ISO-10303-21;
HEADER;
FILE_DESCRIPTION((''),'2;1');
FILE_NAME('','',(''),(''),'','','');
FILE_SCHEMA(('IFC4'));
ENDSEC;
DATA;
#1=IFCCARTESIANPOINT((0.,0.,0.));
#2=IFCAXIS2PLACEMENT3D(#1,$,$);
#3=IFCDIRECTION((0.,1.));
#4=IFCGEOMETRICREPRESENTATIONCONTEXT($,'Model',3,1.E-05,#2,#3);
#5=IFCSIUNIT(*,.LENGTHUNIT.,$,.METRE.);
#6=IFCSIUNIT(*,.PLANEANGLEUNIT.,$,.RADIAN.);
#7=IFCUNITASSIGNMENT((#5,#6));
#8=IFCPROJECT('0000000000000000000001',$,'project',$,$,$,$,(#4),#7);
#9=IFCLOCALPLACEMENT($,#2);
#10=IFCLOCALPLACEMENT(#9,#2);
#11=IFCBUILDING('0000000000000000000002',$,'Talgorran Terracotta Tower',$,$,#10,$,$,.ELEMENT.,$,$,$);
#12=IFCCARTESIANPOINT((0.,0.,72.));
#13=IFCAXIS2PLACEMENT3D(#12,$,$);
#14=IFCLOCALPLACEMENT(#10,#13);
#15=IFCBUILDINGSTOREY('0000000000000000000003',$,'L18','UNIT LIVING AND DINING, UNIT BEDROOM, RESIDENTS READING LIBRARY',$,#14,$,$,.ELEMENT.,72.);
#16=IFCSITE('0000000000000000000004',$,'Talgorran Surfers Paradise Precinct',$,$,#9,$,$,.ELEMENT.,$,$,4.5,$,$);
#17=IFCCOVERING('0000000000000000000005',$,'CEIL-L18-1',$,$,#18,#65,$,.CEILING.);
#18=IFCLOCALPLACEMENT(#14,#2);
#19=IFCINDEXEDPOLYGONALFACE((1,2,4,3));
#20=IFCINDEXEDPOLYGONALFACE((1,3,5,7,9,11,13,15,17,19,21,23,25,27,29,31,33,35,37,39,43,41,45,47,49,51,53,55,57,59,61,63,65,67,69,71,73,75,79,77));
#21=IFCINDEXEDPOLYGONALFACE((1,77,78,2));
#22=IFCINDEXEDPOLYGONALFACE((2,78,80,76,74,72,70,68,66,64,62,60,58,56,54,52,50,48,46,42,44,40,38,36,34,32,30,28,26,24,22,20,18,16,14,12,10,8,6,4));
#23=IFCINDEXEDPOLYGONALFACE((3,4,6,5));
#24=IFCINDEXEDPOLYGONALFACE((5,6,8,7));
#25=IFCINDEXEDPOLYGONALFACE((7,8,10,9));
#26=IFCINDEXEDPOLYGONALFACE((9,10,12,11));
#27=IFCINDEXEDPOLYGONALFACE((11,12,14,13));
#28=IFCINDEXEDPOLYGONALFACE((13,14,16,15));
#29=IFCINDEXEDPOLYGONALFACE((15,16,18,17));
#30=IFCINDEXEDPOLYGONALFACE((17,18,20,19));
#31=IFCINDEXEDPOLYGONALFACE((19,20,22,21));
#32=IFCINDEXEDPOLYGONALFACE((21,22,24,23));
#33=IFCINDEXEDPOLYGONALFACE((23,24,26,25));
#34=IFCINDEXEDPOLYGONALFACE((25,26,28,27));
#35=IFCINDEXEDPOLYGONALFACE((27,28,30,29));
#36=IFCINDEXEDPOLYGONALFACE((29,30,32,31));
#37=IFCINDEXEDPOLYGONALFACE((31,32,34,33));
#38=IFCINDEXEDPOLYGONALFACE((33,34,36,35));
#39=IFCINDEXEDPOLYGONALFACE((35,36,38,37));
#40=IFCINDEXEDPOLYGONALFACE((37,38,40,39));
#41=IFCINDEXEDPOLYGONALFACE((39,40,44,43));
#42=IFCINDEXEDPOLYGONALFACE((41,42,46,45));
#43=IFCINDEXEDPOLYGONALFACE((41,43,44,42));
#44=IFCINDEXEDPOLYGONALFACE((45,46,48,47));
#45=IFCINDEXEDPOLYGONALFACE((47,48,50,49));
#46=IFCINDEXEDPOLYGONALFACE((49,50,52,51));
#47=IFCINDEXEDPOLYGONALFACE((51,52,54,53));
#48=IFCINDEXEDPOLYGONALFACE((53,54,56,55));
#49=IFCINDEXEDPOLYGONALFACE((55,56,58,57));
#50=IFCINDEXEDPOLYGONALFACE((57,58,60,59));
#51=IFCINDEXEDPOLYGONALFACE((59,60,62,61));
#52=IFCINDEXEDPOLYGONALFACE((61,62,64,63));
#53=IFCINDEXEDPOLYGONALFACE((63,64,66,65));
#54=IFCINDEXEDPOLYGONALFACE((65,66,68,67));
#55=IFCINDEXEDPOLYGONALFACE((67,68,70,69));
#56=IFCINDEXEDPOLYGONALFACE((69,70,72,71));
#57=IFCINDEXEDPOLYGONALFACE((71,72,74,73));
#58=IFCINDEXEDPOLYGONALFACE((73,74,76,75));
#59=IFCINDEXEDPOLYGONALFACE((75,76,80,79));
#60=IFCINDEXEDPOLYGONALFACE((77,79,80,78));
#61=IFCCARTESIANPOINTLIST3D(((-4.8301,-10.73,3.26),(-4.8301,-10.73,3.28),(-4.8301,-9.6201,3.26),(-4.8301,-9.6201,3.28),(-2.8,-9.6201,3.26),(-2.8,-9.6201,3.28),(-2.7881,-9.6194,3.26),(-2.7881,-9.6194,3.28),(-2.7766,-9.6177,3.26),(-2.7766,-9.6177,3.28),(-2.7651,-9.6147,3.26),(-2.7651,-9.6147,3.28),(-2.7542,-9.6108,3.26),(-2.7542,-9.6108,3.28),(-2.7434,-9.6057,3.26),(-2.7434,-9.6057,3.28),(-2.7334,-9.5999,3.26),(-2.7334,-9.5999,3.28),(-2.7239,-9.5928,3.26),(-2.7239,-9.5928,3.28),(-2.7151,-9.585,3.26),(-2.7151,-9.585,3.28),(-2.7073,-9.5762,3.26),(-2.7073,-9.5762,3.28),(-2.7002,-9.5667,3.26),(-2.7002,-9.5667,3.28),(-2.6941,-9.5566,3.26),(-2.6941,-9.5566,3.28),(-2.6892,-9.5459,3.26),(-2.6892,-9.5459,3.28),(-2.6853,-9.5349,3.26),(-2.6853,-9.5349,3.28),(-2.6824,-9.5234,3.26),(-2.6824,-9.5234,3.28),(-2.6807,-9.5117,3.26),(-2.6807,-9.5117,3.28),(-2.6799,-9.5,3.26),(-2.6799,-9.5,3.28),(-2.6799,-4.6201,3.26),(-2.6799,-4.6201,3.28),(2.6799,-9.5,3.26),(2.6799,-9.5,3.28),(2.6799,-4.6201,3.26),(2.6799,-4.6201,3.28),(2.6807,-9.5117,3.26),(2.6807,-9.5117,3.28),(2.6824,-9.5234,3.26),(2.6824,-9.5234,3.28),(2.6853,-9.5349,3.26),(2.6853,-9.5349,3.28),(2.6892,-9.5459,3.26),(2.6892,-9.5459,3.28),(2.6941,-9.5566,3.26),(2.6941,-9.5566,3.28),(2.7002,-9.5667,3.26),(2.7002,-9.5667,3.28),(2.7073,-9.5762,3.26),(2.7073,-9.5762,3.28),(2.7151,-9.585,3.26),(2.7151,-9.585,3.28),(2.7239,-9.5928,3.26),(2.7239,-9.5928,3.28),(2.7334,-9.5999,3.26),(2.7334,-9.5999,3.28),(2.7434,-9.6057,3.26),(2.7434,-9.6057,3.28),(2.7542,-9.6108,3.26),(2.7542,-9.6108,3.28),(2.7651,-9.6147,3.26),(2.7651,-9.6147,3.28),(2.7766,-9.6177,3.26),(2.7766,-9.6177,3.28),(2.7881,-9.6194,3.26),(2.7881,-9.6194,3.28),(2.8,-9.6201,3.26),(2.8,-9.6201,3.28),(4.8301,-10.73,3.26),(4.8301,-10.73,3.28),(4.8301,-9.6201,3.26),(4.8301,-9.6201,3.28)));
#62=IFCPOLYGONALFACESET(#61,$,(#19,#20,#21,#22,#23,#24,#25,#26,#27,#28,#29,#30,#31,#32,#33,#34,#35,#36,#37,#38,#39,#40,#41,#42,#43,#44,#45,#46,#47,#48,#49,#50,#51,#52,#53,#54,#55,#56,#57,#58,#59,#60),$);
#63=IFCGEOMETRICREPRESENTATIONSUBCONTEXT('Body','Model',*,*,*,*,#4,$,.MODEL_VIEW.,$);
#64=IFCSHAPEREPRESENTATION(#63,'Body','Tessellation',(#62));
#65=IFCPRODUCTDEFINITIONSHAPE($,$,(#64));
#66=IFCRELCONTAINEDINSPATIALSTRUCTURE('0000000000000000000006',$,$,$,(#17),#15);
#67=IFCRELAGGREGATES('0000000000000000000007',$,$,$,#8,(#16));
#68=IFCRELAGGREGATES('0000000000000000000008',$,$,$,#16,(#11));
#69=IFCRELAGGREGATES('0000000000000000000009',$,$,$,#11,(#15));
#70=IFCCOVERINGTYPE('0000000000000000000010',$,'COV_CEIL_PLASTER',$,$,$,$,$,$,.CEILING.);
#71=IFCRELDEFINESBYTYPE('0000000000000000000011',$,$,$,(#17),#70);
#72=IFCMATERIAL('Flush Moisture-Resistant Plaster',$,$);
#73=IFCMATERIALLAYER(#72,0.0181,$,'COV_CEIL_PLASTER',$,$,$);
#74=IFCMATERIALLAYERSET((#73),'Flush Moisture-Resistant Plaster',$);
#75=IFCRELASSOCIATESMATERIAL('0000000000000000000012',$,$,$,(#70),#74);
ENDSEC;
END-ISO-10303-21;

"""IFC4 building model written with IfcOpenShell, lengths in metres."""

from ifc_helpers import new_model, si_unit, direction, frame, origin, place, context, subcontext, project, spatial, polyline, outline, extrude, material, layer, layer_set, type_object, element, save


model = new_model("IFC4")

# Units and contexts
model_context = context("Model", 3, precision=1e-05, world=origin(), true_north=direction((0.0, 1.0)))
body_context = subcontext(model_context, "Body", "Model", "MODEL_VIEW")
ifc_project = project(units=[si_unit("LENGTHUNIT", "METRE"), si_unit("PLANEANGLEUNIT", "RADIAN")], contexts=[model_context])

# Site, building, storey
site_placement = place(None, origin())
site = spatial("IfcSite", under=ifc_project, at=site_placement, Name="Talgorran Surfers Paradise Precinct", CompositionType="ELEMENT", RefElevation=4.5)
building_placement = place(site_placement, origin())
building = spatial("IfcBuilding", under=site, at=building_placement, Name="Talgorran Terracotta Tower", CompositionType="ELEMENT")
storey_placement = place(building_placement, frame((0.0, 0.0, 72.0)))
storey = spatial("IfcBuildingStorey", under=building, at=storey_placement, Name="L18", Description="UNIT LIVING AND DINING, UNIT BEDROOM, RESIDENTS READING LIBRARY", CompositionType="ELEMENT", Elevation=72.0)

# Covering
ifc_material_1 = material(Name="Flush Moisture-Resistant Plaster")
ifc_layer_1 = layer(ifc_material_1, 0.0181, Name="COV_CEIL_PLASTER")
ifc_layer_set_1 = layer_set([ifc_layer_1], Name="Flush Moisture-Resistant Plaster")
covering_type_1 = type_object("IfcCoveringType", Name="COV_CEIL_PLASTER", PredefinedType="CEILING", material=ifc_layer_set_1)
covering_1_placement = place(storey_placement, frame((0.0, 0.0, 3.26)))
element("IfcCovering", 1, at=covering_1_placement, inside=storey, type_object=covering_type_1, Name="CEIL-L18-1", PredefinedType="CEILING", context=body_context, shape_type="SweptSolid", body=[
    extrude(outline(polyline([(-4.8301, -9.6201), (-2.8, -9.6201), (-2.7881, -9.6194), (-2.7766, -9.6177), (-2.7651, -9.6147), (-2.7542, -9.6108), (-2.7434, -9.6057), (-2.7334, -9.5999), (-2.7239, -9.5928), (-2.7151, -9.585), (-2.7073, -9.5762), (-2.7002, -9.5667), (-2.6941, -9.5566), (-2.6892, -9.5459), (-2.6853, -9.5349), (-2.6824, -9.5234), (-2.6807, -9.5117), (-2.6799, -9.5), (-2.6799, -4.6201), (2.6799, -4.6201), (2.6799, -9.5), (2.6807, -9.5117), (2.6824, -9.5234), (2.6853, -9.5349), (2.6892, -9.5459), (2.6941, -9.5566), (2.7002, -9.5667), (2.7073, -9.5762), (2.7151, -9.585), (2.7239, -9.5928), (2.7334, -9.5999), (2.7434, -9.6057), (2.7542, -9.6108), (2.7651, -9.6147), (2.7766, -9.6177), (2.7881, -9.6194), (2.8, -9.6201), (4.8301, -9.6201), (4.8301, -10.73), (-4.8301, -10.73), (-4.8301, -9.6201)])), origin(), (0.0, 0.0, 1.0), 0.02),
])

save(model, "model.ifc")
